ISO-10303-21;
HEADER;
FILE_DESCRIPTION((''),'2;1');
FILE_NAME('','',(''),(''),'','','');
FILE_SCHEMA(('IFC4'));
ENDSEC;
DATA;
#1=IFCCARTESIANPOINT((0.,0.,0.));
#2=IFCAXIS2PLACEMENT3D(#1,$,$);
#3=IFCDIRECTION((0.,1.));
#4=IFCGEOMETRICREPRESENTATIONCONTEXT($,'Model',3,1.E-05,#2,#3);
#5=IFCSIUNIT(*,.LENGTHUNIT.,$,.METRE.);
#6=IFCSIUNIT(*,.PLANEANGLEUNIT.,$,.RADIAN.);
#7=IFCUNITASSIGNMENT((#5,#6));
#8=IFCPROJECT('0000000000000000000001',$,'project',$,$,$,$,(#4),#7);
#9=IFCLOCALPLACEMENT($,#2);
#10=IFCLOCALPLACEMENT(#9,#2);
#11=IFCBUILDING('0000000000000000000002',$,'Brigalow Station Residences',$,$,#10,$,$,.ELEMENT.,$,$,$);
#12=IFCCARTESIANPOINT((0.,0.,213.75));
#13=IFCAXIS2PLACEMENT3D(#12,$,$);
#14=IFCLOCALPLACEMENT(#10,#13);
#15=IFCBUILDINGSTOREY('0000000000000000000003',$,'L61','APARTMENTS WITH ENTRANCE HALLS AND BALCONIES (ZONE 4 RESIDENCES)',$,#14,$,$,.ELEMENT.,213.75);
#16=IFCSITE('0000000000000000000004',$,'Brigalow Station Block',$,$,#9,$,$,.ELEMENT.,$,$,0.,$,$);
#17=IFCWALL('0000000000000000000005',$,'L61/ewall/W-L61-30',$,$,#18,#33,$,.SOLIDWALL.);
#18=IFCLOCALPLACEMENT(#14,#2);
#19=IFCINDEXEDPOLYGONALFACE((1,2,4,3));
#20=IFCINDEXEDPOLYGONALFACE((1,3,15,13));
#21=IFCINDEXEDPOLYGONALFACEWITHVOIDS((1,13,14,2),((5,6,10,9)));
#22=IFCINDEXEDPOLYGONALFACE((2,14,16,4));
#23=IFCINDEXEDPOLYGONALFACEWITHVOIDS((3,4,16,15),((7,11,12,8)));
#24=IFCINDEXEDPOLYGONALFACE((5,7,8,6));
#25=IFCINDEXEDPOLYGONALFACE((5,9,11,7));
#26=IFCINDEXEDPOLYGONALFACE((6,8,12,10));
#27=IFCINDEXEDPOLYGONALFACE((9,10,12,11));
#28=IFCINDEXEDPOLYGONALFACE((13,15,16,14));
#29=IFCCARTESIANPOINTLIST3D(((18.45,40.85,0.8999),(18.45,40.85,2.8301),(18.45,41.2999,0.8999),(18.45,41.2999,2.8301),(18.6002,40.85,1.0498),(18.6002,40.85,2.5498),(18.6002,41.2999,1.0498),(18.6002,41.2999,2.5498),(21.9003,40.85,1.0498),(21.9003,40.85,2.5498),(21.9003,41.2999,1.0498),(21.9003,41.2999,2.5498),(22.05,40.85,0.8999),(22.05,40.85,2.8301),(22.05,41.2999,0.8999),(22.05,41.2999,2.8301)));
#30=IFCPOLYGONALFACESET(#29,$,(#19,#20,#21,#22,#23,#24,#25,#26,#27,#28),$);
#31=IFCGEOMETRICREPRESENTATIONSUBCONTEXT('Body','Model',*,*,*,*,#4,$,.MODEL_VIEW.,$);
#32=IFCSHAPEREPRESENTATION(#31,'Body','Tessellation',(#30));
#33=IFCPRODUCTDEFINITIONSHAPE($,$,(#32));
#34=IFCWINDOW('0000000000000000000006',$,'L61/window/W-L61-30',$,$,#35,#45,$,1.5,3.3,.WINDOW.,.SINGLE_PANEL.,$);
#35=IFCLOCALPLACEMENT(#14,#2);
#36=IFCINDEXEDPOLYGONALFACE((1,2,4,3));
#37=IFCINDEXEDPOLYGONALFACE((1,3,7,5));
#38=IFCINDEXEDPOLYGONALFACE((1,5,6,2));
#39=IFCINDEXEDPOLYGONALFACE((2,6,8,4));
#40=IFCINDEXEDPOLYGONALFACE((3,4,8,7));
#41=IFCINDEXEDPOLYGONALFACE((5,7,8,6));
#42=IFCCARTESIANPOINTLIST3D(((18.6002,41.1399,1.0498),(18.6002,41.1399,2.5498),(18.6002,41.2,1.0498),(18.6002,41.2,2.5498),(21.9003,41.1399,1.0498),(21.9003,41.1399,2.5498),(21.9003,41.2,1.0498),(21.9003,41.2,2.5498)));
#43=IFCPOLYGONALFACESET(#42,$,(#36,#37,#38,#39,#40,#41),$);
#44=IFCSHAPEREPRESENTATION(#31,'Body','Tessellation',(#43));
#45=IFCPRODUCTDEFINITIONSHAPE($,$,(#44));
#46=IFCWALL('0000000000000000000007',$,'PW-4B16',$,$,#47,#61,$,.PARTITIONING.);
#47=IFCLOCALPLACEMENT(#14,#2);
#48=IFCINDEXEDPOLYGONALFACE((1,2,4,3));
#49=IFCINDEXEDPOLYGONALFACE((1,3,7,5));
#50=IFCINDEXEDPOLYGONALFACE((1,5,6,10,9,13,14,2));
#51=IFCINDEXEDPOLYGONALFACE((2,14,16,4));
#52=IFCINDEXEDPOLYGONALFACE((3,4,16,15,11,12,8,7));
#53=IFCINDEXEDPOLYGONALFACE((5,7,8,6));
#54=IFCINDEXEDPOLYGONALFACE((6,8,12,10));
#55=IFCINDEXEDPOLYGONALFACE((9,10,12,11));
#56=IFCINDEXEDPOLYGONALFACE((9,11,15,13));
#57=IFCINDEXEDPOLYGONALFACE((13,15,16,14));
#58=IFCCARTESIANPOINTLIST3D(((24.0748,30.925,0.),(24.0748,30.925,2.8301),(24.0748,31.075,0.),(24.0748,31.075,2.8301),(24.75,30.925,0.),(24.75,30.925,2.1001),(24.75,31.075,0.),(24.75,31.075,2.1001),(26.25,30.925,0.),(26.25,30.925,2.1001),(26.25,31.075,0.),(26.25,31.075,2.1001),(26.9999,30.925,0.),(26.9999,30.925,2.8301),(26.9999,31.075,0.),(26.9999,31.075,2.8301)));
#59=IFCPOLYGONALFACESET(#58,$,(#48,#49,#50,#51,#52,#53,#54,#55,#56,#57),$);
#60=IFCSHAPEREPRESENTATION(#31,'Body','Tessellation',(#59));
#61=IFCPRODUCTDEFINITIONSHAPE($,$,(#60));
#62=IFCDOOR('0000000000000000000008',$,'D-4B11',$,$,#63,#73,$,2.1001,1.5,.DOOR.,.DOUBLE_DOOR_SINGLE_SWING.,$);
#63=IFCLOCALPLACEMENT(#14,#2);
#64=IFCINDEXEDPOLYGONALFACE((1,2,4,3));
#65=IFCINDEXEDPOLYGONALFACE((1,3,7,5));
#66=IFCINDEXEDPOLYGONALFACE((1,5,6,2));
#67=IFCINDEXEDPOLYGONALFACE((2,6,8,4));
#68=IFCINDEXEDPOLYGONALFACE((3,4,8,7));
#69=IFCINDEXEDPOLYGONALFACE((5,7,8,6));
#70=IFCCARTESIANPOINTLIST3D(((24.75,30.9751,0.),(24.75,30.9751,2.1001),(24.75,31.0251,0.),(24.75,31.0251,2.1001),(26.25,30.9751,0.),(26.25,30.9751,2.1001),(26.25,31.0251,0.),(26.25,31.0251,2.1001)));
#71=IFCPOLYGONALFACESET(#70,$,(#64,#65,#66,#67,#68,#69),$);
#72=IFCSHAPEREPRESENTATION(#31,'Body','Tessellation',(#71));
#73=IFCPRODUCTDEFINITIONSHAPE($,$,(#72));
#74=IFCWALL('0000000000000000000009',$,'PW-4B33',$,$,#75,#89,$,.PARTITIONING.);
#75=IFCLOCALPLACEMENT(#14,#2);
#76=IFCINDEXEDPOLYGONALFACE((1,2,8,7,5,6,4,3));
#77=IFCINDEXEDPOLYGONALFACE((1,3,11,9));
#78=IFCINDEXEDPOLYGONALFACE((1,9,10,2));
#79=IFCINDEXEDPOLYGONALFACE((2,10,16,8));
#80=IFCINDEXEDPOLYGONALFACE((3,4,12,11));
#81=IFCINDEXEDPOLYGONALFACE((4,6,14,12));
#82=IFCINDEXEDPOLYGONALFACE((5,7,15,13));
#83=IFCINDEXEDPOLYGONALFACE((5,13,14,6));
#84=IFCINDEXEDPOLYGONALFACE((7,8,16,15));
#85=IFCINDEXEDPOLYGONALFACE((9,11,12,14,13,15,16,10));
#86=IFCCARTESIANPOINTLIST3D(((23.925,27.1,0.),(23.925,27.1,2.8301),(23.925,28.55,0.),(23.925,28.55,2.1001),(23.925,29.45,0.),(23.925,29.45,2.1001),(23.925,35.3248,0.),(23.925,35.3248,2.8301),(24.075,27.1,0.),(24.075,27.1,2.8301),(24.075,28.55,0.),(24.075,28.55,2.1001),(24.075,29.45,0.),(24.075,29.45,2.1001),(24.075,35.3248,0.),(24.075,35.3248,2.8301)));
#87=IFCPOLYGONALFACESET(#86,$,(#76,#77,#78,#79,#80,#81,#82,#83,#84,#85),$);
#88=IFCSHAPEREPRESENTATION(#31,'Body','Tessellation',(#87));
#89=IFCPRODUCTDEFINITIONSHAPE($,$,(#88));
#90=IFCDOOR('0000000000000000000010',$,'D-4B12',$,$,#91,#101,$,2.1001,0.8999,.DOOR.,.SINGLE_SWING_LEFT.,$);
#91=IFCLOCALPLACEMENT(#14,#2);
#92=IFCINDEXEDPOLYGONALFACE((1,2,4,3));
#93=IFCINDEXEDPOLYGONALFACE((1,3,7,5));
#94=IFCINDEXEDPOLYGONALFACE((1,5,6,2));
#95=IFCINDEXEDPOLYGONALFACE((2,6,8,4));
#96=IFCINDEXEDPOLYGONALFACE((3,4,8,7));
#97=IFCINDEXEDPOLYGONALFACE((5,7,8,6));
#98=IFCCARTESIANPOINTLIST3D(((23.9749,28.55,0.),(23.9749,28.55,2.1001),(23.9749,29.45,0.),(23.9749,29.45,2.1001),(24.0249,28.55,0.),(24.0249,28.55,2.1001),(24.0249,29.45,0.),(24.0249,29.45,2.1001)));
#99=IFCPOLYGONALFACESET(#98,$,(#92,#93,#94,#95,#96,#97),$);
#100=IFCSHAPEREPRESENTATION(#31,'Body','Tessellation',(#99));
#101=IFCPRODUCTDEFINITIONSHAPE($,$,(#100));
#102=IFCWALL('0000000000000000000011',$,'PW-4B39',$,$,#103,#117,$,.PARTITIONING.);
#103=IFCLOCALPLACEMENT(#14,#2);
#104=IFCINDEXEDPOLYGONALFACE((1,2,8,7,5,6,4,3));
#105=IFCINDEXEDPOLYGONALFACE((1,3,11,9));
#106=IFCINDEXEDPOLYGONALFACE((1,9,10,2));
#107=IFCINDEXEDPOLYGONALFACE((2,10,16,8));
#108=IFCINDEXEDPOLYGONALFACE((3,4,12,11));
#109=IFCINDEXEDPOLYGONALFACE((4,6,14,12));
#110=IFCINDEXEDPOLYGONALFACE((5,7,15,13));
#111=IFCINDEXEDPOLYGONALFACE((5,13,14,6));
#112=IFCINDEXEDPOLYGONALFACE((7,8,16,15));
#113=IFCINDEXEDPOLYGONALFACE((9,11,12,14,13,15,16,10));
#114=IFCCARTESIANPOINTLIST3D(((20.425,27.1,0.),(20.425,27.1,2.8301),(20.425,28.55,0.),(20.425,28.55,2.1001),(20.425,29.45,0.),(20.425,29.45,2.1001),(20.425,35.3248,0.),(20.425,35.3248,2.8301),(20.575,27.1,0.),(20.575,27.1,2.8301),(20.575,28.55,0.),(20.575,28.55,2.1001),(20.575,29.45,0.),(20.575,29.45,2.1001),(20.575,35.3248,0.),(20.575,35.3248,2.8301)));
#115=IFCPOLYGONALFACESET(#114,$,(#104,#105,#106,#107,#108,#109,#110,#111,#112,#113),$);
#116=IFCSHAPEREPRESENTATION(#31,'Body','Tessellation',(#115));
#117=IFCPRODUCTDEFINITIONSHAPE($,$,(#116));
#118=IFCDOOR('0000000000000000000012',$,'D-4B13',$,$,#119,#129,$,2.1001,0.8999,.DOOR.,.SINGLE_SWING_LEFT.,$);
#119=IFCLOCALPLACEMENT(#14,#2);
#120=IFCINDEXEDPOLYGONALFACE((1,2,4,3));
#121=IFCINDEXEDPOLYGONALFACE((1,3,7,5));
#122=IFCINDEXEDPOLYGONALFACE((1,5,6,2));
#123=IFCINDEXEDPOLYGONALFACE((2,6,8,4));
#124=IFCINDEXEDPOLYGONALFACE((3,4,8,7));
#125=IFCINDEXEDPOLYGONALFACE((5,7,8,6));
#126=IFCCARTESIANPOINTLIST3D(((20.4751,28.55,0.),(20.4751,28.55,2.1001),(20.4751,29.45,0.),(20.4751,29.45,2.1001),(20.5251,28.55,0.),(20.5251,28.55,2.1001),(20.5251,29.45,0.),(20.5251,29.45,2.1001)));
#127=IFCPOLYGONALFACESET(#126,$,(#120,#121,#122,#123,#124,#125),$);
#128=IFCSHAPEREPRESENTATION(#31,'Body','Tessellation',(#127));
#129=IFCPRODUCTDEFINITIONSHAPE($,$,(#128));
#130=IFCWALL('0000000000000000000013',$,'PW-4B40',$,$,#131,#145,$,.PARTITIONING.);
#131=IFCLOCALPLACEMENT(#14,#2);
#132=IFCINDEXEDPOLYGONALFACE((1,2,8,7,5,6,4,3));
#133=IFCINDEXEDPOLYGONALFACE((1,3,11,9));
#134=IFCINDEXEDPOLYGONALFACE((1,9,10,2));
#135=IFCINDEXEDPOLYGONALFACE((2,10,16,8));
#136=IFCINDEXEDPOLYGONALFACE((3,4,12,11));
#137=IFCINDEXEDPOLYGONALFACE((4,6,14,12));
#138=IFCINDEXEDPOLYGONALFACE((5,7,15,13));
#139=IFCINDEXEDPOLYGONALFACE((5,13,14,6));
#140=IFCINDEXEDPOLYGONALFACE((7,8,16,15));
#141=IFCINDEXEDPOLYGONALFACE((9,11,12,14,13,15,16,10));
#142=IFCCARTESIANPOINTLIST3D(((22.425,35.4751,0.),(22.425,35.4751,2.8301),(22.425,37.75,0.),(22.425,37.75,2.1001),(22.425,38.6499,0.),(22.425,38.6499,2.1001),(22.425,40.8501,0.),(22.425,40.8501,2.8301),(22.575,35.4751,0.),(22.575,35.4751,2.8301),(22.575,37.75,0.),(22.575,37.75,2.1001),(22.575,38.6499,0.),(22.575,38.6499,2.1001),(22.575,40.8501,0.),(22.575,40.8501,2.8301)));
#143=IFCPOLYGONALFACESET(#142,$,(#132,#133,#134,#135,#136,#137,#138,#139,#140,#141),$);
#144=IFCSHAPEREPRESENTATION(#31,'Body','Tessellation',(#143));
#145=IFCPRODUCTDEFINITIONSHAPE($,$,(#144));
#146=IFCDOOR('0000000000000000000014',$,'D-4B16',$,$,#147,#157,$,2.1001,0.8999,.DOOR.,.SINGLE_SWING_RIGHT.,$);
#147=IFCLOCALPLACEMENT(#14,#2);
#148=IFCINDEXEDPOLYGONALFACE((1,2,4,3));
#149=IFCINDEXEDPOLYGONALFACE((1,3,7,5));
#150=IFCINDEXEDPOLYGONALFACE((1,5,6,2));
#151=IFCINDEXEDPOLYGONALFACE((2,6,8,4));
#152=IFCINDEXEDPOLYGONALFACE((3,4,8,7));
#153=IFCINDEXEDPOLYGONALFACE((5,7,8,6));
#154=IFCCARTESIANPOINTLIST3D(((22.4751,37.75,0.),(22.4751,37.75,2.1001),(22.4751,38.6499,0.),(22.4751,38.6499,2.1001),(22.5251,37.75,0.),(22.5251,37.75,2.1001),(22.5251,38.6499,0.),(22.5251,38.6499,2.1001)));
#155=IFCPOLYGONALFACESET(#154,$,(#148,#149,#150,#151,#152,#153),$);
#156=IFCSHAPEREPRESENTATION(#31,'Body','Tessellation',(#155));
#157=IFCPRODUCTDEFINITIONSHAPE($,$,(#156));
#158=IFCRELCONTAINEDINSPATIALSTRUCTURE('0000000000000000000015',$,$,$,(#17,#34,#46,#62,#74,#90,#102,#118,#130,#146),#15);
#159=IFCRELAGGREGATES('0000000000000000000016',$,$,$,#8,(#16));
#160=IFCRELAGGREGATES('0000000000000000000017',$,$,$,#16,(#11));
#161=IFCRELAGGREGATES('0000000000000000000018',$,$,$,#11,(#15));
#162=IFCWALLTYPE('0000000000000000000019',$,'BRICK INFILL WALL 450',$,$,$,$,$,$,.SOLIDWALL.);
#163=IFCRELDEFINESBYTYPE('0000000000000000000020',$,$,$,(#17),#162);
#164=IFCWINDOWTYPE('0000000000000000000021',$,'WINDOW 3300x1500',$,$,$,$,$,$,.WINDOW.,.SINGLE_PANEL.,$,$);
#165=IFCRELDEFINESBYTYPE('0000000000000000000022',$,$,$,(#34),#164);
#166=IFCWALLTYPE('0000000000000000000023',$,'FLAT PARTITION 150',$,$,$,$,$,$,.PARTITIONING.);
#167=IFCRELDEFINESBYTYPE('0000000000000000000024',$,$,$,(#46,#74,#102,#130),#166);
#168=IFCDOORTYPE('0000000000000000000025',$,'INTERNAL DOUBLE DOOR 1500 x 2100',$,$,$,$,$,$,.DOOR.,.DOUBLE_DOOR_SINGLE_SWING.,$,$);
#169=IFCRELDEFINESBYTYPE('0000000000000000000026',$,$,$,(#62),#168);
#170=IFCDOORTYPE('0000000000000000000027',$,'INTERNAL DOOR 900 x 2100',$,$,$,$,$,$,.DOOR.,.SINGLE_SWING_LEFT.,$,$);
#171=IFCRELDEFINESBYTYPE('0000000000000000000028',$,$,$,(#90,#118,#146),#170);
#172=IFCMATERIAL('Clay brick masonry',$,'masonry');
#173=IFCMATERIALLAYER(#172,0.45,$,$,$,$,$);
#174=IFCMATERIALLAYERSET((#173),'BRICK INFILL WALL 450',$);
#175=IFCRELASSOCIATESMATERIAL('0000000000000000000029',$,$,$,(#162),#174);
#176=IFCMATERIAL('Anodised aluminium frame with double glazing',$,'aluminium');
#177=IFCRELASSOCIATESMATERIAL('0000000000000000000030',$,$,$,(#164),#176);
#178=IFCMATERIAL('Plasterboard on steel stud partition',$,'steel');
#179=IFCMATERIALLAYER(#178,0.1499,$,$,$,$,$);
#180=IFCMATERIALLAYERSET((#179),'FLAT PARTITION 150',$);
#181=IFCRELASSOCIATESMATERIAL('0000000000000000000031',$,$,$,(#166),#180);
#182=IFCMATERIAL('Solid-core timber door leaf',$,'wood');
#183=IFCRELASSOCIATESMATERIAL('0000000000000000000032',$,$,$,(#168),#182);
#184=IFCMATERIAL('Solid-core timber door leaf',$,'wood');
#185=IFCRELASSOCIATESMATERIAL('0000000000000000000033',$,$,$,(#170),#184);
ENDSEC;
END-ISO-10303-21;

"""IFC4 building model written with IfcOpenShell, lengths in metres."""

from ifc_helpers import new_model, si_unit, direction, frame, frame_2d, origin, place, context, subcontext, project, spatial, rectangle, extrude, material, layer, layer_set, type_object, element, fill, save


model = new_model("IFC4")

# Units and contexts
model_context = context("Model", 3, precision=1e-05, world=origin(), true_north=direction((0.0, 1.0)))
body_context = subcontext(model_context, "Body", "Model", "MODEL_VIEW")
ifc_project = project(units=[si_unit("LENGTHUNIT", "METRE"), si_unit("PLANEANGLEUNIT", "RADIAN")], contexts=[model_context])

# Site, building, storey
site_placement = place(None, origin())
site = spatial("IfcSite", under=ifc_project, at=site_placement, Name="Brigalow Station Block", CompositionType="ELEMENT", RefElevation=0.0)
building_placement = place(site_placement, origin())
building = spatial("IfcBuilding", under=site, at=building_placement, Name="Brigalow Station Residences", CompositionType="ELEMENT")
storey_placement = place(building_placement, frame((0.0, 0.0, 213.75)))
storey = spatial("IfcBuildingStorey", under=building, at=storey_placement, Name="L61", Description="APARTMENTS WITH ENTRANCE HALLS AND BALCONIES (ZONE 4 RESIDENCES)", CompositionType="ELEMENT", Elevation=213.75)

# Wall, opening, window
ifc_material_1 = material(Name="Clay brick masonry", Category="masonry")
ifc_layer_1 = layer(ifc_material_1, 0.45)
ifc_layer_set_1 = layer_set([ifc_layer_1], Name="BRICK INFILL WALL 450")
wall_type_1 = type_object("IfcWallType", Name="BRICK INFILL WALL 450", PredefinedType="SOLIDWALL", material=ifc_layer_set_1)
ifc_material_2 = material(Name="Anodised aluminium frame with double glazing", Category="aluminium")
window_type = type_object("IfcWindowType", Name="WINDOW 3300x1500", PartitioningType="SINGLE_PANEL", PredefinedType="WINDOW", material=ifc_material_2)
wall_1_placement = place(storey_placement, frame((22.05, 41.075, 0.8999), z_axis=(0.0, 0.0, 1.0), x_axis=(-1.0, 0.0, 0.0)))
wall_1 = element("IfcWall", 1, at=wall_1_placement, inside=storey, type_object=wall_type_1, Name="L61/ewall/W-L61-30", PredefinedType="SOLIDWALL", context=body_context, shape_type="SweptSolid", body=[
    extrude(rectangle(XDim=3.6001, YDim=0.45, at=frame_2d((1.8, 0.0))), origin(), (0.0, 0.0, 1.0), 1.9302),
])
opening_1_placement = place(wall_1_placement, frame((0.1499, 0.0, 0.1499)))
opening_1 = element("IfcOpeningElement", 2, at=opening_1_placement, cuts=wall_1, PredefinedType="OPENING", context=body_context, shape_type="SweptSolid", body=[
    extrude(rectangle(XDim=3.3, YDim=1.5, at=frame_2d((1.6499, 0.75))), frame((0.0, 0.2349, 0.0), z_axis=(0.0, -1.0, 0.0), x_axis=(1.0, 0.0, 0.0)), (0.0, 0.0, 1.0), 0.47),
])
window_1_placement = place(opening_1_placement, origin())
window_1 = element("IfcWindow", 3, at=window_1_placement, inside=storey, type_object=window_type, Name="L61/window/W-L61-30", OverallHeight=1.5, OverallWidth=3.3, PartitioningType="SINGLE_PANEL", PredefinedType="WINDOW", context=body_context, shape_type="SweptSolid", body=[
    extrude(rectangle(XDim=3.3, YDim=1.5, at=frame_2d((1.6499, 0.75))), frame((0.0, -0.0649, 0.0), z_axis=(0.0, -1.0, 0.0), x_axis=(1.0, 0.0, 0.0)), (0.0, 0.0, 1.0), 0.0601),
])
fill(opening_1, window_1)

# Walls, openings, doors
ifc_material_3 = material(Name="Plasterboard on steel stud partition", Category="steel")
ifc_layer_2 = layer(ifc_material_3, 0.1499)
ifc_layer_set_2 = layer_set([ifc_layer_2], Name="FLAT PARTITION 150")
wall_type_2 = type_object("IfcWallType", Name="FLAT PARTITION 150", PredefinedType="PARTITIONING", material=ifc_layer_set_2)
wall_2_placement = place(storey_placement, frame((24.075, 31.0, 0.0), z_axis=(0.0, 0.0, 1.0), x_axis=(1.0, 0.0, 0.0)))
wall_2 = element("IfcWall", 4, at=wall_2_placement, inside=storey, type_object=wall_type_2, Name="PW-4B16", PredefinedType="PARTITIONING", context=body_context, shape_type="SweptSolid", body=[
    extrude(rectangle(XDim=2.925, YDim=0.1499, at=frame_2d((1.4624, 0.0))), origin(), (0.0, 0.0, 1.0), 2.8301),
])
opening_2_placement = place(wall_2_placement, frame((0.675, 0.0, 0.0)))
opening_2 = element("IfcOpeningElement", 5, at=opening_2_placement, cuts=wall_2, PredefinedType="OPENING", context=body_context, shape_type="SweptSolid", body=[
    extrude(rectangle(XDim=1.5, YDim=2.1001, at=frame_2d((0.75, 1.05))), frame((0.0, 0.085, 0.0), z_axis=(0.0, -1.0, 0.0), x_axis=(1.0, 0.0, 0.0)), (0.0, 0.0, 1.0), 0.1699),
])
ifc_material_4 = material(Name="Solid-core timber door leaf", Category="wood")
door_type_1 = type_object("IfcDoorType", Name="INTERNAL DOUBLE DOOR 1500 x 2100", OperationType="DOUBLE_DOOR_SINGLE_SWING", PredefinedType="DOOR", material=ifc_material_4)
door_1_placement = place(opening_2_placement, frame((1.5, 0.0, 0.0), z_axis=(0.0, 0.0, 1.0), x_axis=(-1.0, 0.0, 0.0)))
door_1 = element("IfcDoor", 6, at=door_1_placement, inside=storey, type_object=door_type_1, Name="D-4B11", OperationType="DOUBLE_DOOR_SINGLE_SWING", OverallHeight=2.1001, OverallWidth=1.5, PredefinedType="DOOR", context=body_context, shape_type="SweptSolid", body=[
    extrude(rectangle(XDim=1.5, YDim=2.1001, at=frame_2d((0.75, 1.05))), frame((0.0, 0.0249, 0.0), z_axis=(0.0, -1.0, 0.0), x_axis=(1.0, 0.0, 0.0)), (0.0, 0.0, 1.0), 0.05),
])
fill(opening_2, door_1)
wall_3_placement = place(storey_placement, frame((24.0, 27.1001, 0.0), z_axis=(0.0, 0.0, 1.0), x_axis=(0.0, 1.0, 0.0)))
wall_3 = element("IfcWall", 7, at=wall_3_placement, inside=storey, type_object=wall_type_2, Name="PW-4B33", PredefinedType="PARTITIONING", context=body_context, shape_type="SweptSolid", body=[
    extrude(rectangle(XDim=8.2249, YDim=0.1499, at=frame_2d((4.1123, 0.0))), origin(), (0.0, 0.0, 1.0), 2.8301),
])
opening_3_placement = place(wall_3_placement, frame((1.45, 0.0, 0.0)))
opening_3 = element("IfcOpeningElement", 8, at=opening_3_placement, cuts=wall_3, PredefinedType="OPENING", context=body_context, shape_type="SweptSolid", body=[
    extrude(rectangle(XDim=0.8999, YDim=2.1001, at=frame_2d((0.45, 1.05))), frame((0.0, 0.085, 0.0), z_axis=(0.0, -1.0, 0.0), x_axis=(1.0, 0.0, 0.0)), (0.0, 0.0, 1.0), 0.1699),
])
ifc_material_5 = material(Name="Solid-core timber door leaf", Category="wood")
door_type_2 = type_object("IfcDoorType", Name="INTERNAL DOOR 900 x 2100", OperationType="SINGLE_SWING_LEFT", PredefinedType="DOOR", material=ifc_material_5)
door_2_placement = place(opening_3_placement, frame((0.8999, 0.0, 0.0), z_axis=(0.0, 0.0, 1.0), x_axis=(-1.0, 0.0, 0.0)))
door_2 = element("IfcDoor", 9, at=door_2_placement, inside=storey, type_object=door_type_2, Name="D-4B12", OperationType="SINGLE_SWING_LEFT", OverallHeight=2.1001, OverallWidth=0.8999, PredefinedType="DOOR", context=body_context, shape_type="SweptSolid", body=[
    extrude(rectangle(XDim=0.8999, YDim=2.1001, at=frame_2d((0.45, 1.05))), frame((0.0, 0.0249, 0.0), z_axis=(0.0, -1.0, 0.0), x_axis=(1.0, 0.0, 0.0)), (0.0, 0.0, 1.0), 0.05),
])
fill(opening_3, door_2)
wall_4_placement = place(storey_placement, frame((20.5, 27.1001, 0.0), z_axis=(0.0, 0.0, 1.0), x_axis=(0.0, 1.0, 0.0)))
wall_4 = element("IfcWall", 10, at=wall_4_placement, inside=storey, type_object=wall_type_2, Name="PW-4B39", PredefinedType="PARTITIONING", context=body_context, shape_type="SweptSolid", body=[
    extrude(rectangle(XDim=8.2249, YDim=0.1499, at=frame_2d((4.1123, 0.0))), origin(), (0.0, 0.0, 1.0), 2.8301),
])
opening_4_placement = place(wall_4_placement, frame((1.45, 0.0, 0.0)))
opening_4 = element("IfcOpeningElement", 11, at=opening_4_placement, cuts=wall_4, PredefinedType="OPENING", context=body_context, shape_type="SweptSolid", body=[
    extrude(rectangle(XDim=0.8999, YDim=2.1001, at=frame_2d((0.45, 1.05))), frame((0.0, 0.085, 0.0), z_axis=(0.0, -1.0, 0.0), x_axis=(1.0, 0.0, 0.0)), (0.0, 0.0, 1.0), 0.1699),
])
door_3_placement = place(opening_4_placement, origin())
door_3 = element("IfcDoor", 12, at=door_3_placement, inside=storey, type_object=door_type_2, Name="D-4B13", OperationType="SINGLE_SWING_LEFT", OverallHeight=2.1001, OverallWidth=0.8999, PredefinedType="DOOR", context=body_context, shape_type="SweptSolid", body=[
    extrude(rectangle(XDim=0.8999, YDim=2.1001, at=frame_2d((0.45, 1.05))), frame((0.0, 0.0249, 0.0), z_axis=(0.0, -1.0, 0.0), x_axis=(1.0, 0.0, 0.0)), (0.0, 0.0, 1.0), 0.05),
])
fill(opening_4, door_3)
wall_5_placement = place(storey_placement, frame((22.5, 35.4751, 0.0), z_axis=(0.0, 0.0, 1.0), x_axis=(0.0, 1.0, 0.0)))
wall_5 = element("IfcWall", 13, at=wall_5_placement, inside=storey, type_object=wall_type_2, Name="PW-4B40", PredefinedType="PARTITIONING", context=body_context, shape_type="SweptSolid", body=[
    extrude(rectangle(XDim=5.375, YDim=0.1499, at=frame_2d((2.6875, 0.0))), origin(), (0.0, 0.0, 1.0), 2.8301),
])
opening_5_placement = place(wall_5_placement, frame((2.2749, 0.0, 0.0)))
opening_5 = element("IfcOpeningElement", 14, at=opening_5_placement, cuts=wall_5, PredefinedType="OPENING", context=body_context, shape_type="SweptSolid", body=[
    extrude(rectangle(XDim=0.8999, YDim=2.1001, at=frame_2d((0.45, 1.05))), frame((0.0, 0.085, 0.0), z_axis=(0.0, -1.0, 0.0), x_axis=(1.0, 0.0, 0.0)), (0.0, 0.0, 1.0), 0.1699),
])
door_4_placement = place(opening_5_placement, origin())
door_4 = element("IfcDoor", 15, at=door_4_placement, inside=storey, type_object=door_type_2, Name="D-4B16", OperationType="SINGLE_SWING_RIGHT", OverallHeight=2.1001, OverallWidth=0.8999, PredefinedType="DOOR", context=body_context, shape_type="SweptSolid", body=[
    extrude(rectangle(XDim=0.8999, YDim=2.1001, at=frame_2d((0.45, 1.05))), frame((0.0, 0.0249, 0.0), z_axis=(0.0, -1.0, 0.0), x_axis=(1.0, 0.0, 0.0)), (0.0, 0.0, 1.0), 0.05),
])
fill(opening_5, door_4)

save(model, "model.ifc")
